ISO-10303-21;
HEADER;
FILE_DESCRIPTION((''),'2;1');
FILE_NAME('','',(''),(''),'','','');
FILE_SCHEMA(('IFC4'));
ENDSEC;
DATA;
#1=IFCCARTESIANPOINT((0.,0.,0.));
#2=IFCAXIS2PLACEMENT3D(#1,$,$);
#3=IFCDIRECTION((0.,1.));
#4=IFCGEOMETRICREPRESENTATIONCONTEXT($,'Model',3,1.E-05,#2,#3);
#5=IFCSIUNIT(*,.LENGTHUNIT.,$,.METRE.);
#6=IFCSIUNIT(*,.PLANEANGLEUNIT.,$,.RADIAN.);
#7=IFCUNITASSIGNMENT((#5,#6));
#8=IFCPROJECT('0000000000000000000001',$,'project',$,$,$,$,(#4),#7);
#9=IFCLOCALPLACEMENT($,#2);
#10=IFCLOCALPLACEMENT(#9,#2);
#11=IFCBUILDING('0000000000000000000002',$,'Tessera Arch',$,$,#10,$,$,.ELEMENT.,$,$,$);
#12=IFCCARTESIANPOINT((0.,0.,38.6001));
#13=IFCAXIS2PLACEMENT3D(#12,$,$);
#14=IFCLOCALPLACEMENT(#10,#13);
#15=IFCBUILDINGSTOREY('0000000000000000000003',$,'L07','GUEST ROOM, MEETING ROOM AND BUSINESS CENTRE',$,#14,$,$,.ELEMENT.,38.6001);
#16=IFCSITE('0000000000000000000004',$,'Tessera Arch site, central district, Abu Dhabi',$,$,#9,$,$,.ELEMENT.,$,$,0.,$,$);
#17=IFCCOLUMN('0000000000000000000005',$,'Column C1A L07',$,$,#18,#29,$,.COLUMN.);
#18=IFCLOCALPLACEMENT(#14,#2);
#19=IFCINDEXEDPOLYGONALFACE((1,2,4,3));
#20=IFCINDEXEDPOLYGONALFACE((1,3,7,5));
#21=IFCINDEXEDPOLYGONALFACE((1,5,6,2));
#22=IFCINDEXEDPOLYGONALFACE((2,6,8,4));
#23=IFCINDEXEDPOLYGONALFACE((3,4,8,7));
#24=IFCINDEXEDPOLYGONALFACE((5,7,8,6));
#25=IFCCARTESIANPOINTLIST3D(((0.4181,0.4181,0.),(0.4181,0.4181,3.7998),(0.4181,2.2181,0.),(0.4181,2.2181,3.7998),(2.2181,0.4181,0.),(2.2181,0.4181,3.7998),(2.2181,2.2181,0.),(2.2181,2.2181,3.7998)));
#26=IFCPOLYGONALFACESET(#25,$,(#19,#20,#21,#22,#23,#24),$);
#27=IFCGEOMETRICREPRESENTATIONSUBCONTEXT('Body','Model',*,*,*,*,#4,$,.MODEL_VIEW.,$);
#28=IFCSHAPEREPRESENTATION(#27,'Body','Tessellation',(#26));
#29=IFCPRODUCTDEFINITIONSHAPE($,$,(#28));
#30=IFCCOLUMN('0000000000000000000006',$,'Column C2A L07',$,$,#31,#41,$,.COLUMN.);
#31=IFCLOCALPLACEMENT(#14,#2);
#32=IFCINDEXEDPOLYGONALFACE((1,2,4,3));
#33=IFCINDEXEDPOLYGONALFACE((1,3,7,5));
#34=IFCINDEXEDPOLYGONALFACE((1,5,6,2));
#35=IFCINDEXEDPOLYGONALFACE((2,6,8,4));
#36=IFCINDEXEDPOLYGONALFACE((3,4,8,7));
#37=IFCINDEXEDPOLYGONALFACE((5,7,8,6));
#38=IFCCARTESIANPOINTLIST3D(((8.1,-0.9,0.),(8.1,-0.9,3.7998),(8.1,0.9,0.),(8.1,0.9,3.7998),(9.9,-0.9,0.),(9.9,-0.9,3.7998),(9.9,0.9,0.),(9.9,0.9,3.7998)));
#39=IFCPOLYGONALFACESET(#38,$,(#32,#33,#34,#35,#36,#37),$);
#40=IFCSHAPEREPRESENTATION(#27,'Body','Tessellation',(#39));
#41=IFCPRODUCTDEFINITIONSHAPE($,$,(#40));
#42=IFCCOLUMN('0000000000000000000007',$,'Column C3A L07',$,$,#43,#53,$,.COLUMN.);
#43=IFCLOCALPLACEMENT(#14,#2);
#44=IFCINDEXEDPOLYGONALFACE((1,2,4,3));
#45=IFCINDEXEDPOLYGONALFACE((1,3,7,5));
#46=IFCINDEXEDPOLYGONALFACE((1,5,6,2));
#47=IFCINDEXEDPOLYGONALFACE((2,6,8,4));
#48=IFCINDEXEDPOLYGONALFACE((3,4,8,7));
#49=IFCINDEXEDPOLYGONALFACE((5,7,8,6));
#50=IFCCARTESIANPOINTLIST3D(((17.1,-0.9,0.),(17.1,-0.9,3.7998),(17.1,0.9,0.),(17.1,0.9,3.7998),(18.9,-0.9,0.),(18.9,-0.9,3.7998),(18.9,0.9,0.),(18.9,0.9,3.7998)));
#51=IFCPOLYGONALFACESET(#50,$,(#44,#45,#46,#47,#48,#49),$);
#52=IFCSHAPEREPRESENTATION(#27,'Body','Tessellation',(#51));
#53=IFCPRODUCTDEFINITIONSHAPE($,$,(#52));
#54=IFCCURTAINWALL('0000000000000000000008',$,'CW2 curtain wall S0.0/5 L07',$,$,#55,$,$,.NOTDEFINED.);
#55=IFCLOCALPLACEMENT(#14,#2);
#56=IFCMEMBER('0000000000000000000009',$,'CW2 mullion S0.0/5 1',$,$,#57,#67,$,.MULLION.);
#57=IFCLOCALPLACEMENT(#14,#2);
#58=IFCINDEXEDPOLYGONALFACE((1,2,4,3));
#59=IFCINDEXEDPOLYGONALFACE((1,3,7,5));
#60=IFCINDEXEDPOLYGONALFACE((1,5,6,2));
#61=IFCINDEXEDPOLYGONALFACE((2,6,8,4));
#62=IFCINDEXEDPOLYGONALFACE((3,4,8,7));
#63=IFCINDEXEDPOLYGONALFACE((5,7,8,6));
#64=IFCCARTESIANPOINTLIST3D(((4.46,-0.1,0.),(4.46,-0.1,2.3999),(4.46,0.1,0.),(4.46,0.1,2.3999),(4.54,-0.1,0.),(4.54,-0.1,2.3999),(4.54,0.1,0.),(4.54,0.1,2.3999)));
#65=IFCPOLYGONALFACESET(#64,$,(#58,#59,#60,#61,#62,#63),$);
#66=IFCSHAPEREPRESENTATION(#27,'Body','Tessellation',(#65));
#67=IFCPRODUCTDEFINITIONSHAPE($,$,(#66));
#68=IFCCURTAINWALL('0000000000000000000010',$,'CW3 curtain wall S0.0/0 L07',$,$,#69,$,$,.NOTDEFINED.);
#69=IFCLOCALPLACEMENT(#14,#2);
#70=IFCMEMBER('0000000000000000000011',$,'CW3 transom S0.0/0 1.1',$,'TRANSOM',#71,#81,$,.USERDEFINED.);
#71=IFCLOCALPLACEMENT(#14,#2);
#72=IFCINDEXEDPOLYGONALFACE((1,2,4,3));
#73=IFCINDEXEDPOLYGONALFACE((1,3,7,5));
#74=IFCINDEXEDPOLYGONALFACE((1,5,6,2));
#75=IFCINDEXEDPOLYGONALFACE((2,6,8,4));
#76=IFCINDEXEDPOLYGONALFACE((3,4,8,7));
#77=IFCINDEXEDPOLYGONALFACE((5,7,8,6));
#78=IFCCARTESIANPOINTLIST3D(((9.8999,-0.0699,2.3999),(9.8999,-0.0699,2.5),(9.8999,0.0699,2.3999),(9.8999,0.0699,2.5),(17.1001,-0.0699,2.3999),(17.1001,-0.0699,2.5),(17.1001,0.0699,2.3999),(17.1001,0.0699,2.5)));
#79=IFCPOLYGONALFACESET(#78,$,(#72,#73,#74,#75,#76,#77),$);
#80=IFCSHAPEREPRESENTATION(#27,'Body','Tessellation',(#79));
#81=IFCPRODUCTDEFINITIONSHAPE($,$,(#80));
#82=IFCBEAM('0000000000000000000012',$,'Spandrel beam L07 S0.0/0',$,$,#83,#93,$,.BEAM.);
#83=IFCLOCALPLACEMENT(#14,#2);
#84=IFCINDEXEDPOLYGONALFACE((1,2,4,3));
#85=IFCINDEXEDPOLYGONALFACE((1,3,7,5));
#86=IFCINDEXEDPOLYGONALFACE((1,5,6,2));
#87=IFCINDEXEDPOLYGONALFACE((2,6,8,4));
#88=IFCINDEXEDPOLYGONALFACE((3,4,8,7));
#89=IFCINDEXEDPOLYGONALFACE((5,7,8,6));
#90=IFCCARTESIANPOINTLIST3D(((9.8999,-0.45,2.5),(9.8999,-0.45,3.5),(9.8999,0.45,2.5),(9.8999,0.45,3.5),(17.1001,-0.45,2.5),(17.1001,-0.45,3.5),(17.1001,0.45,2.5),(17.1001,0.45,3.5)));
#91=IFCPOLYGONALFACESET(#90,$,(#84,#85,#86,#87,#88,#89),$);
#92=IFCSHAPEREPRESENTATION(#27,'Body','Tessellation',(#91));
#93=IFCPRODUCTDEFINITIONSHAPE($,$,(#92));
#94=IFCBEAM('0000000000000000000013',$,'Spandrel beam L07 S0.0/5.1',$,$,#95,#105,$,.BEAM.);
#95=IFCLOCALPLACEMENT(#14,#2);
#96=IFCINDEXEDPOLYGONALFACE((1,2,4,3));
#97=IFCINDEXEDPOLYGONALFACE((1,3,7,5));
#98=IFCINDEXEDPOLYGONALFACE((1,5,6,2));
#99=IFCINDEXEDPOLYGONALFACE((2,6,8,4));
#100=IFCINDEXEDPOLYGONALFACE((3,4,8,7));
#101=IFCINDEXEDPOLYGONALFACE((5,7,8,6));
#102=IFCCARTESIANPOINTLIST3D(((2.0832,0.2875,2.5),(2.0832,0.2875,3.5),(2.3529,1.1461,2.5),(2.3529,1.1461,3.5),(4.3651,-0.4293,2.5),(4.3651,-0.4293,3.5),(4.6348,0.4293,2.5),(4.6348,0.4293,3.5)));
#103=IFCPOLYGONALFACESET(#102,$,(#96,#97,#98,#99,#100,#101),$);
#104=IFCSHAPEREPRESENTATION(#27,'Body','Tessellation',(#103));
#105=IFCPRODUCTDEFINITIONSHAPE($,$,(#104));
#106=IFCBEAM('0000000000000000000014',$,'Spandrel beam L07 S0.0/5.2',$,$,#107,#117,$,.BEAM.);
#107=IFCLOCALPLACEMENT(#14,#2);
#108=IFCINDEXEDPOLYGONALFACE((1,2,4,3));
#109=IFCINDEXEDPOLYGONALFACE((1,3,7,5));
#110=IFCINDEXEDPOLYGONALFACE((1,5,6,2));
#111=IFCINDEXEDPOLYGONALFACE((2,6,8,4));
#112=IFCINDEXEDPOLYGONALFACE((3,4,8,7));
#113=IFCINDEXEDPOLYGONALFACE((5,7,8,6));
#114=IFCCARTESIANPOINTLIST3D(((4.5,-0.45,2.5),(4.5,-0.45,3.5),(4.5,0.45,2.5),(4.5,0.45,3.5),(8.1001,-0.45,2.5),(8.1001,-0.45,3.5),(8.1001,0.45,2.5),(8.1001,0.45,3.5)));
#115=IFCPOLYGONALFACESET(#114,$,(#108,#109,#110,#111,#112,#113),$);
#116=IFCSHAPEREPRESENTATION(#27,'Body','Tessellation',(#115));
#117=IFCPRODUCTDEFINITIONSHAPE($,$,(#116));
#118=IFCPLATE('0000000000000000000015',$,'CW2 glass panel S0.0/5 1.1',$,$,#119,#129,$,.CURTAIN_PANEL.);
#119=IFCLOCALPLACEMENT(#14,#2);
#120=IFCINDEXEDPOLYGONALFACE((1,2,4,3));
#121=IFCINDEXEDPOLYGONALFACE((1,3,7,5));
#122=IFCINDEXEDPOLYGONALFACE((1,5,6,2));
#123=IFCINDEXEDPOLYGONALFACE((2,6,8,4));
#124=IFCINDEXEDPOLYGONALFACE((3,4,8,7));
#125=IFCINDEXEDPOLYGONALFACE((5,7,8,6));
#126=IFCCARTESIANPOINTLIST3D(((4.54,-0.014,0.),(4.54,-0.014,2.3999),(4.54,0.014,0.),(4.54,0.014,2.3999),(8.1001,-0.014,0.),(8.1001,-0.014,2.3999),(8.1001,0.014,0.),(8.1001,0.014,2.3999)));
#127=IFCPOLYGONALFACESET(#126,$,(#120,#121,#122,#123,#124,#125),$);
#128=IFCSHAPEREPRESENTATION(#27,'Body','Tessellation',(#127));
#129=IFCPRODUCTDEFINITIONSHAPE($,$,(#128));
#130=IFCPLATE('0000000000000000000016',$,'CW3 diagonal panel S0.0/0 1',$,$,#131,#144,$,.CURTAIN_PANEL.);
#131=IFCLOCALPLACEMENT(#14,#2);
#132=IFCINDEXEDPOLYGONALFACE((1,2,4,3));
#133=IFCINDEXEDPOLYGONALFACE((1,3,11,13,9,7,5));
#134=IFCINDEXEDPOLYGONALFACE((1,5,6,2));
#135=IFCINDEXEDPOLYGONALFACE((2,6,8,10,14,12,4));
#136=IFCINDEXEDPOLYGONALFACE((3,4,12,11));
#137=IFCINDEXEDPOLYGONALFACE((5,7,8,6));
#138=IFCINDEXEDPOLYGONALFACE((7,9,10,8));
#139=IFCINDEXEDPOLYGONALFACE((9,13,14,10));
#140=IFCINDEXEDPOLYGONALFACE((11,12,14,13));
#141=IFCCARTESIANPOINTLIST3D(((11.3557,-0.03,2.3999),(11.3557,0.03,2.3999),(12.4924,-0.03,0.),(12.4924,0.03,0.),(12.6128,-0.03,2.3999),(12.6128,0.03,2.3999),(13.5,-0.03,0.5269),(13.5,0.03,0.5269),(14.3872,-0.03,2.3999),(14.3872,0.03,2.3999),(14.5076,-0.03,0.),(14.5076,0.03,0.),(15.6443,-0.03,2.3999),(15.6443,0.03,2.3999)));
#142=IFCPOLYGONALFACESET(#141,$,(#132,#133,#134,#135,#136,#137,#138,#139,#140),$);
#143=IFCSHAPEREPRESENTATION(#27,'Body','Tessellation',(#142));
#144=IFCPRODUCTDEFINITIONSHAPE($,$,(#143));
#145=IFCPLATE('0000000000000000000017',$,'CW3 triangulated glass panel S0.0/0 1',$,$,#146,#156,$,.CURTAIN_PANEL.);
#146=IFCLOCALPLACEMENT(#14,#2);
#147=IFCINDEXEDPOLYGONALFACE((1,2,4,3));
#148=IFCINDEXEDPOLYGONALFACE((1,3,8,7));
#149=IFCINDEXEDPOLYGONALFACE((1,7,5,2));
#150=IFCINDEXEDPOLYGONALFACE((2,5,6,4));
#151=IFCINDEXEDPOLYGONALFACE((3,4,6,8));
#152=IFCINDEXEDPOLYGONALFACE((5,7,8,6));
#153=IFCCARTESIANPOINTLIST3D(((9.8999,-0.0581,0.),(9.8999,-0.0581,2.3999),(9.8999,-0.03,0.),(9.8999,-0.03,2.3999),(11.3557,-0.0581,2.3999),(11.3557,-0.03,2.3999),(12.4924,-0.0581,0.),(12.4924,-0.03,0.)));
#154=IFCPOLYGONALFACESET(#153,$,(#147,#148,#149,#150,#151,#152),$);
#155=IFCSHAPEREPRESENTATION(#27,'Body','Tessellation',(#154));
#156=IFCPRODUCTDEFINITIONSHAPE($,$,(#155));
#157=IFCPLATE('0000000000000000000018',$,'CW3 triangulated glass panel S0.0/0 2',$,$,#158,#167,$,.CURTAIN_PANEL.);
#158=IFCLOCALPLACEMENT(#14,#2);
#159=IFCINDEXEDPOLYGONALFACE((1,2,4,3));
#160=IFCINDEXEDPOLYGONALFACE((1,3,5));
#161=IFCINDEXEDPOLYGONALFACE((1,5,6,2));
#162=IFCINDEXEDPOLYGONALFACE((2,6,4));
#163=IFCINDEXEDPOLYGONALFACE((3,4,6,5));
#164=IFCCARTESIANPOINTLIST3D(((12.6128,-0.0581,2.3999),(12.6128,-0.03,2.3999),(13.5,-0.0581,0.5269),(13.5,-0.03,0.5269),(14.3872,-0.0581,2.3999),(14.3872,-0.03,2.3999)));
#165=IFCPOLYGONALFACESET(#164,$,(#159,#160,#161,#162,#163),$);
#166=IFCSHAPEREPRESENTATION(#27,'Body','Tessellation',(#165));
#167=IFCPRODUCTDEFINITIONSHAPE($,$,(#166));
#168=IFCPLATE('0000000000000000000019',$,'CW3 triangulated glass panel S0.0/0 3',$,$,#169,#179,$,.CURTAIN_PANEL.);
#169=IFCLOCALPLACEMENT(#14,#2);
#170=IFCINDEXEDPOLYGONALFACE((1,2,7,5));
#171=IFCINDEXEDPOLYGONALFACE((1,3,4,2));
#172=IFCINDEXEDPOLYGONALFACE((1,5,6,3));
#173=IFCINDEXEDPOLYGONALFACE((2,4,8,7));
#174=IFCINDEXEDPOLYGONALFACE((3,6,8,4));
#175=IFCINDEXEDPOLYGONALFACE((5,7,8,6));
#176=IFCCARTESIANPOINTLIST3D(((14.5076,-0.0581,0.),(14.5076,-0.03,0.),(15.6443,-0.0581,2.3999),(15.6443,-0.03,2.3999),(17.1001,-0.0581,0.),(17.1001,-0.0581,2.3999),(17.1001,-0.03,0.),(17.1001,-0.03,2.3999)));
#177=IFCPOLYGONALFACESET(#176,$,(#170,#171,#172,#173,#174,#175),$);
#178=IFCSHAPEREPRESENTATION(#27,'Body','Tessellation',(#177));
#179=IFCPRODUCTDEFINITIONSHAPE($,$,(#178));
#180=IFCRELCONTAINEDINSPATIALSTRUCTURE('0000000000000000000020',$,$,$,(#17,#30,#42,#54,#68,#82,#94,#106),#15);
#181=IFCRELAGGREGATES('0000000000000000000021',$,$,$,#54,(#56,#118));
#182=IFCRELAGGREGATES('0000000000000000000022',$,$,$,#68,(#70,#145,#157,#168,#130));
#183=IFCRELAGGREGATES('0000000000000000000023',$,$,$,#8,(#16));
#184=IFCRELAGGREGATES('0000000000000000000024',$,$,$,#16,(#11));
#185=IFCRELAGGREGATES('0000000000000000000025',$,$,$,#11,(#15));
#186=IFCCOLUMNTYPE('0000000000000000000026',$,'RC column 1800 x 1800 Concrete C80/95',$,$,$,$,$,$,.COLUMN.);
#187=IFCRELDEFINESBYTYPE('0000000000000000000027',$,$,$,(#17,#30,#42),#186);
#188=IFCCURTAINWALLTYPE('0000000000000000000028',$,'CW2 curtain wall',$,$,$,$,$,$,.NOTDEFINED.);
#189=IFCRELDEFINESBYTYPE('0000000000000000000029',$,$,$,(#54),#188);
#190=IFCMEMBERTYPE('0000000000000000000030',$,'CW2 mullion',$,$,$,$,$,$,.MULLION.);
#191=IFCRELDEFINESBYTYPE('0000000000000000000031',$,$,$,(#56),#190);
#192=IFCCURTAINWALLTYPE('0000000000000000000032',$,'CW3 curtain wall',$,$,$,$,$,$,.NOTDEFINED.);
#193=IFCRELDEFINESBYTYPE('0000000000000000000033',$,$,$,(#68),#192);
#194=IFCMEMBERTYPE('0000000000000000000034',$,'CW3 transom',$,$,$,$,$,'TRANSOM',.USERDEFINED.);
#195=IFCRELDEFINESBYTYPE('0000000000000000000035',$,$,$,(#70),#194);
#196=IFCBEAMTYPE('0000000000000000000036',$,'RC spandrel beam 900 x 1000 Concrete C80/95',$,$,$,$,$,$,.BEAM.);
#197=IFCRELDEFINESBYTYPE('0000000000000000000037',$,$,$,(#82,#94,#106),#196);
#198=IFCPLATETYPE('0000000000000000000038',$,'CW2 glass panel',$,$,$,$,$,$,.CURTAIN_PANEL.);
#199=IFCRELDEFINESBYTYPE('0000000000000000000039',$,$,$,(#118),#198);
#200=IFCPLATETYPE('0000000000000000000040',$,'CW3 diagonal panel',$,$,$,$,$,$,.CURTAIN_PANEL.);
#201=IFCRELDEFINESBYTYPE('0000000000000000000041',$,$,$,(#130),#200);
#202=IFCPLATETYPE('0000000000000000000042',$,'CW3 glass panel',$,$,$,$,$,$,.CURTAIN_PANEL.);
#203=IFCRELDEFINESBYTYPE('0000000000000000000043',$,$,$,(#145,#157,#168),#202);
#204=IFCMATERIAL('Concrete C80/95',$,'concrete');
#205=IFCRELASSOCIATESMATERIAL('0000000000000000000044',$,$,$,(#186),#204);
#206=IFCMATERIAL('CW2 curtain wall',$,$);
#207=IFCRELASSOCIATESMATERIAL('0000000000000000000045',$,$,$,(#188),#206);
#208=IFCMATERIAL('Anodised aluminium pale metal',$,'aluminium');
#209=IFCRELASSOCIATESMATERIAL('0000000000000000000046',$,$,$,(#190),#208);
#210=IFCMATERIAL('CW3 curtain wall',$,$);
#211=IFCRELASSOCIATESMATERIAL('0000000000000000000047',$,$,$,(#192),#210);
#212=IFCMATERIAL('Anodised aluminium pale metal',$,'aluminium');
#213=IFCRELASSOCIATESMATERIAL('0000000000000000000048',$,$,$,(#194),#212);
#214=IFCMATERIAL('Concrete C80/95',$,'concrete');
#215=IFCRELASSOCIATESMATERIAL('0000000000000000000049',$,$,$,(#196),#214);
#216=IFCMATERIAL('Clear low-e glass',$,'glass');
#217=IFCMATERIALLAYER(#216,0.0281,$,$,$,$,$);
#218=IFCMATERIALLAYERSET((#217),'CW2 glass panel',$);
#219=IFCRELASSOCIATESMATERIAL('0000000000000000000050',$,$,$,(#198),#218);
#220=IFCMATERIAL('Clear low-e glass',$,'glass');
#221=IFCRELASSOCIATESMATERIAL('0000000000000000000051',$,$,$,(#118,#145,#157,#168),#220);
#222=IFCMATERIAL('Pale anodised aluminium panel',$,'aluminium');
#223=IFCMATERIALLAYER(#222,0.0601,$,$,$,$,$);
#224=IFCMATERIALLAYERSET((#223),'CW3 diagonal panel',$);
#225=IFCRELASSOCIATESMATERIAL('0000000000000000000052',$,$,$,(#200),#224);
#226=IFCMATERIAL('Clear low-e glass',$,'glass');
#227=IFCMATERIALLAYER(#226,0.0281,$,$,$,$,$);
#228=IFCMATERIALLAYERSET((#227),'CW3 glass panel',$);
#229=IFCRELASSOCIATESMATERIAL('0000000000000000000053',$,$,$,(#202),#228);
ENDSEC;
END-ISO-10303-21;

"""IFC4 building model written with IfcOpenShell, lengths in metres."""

from ifc_helpers import new_model, si_unit, direction, frame, origin, origin_2d, place, context, subcontext, project, spatial, polyline, rectangle, outline, extrude, material, layer, layer_set, material_profile, profile_set, type_object, element, aggregate, save


model = new_model("IFC4")

# Units and contexts
model_context = context("Model", 3, precision=1e-05, world=origin(), true_north=direction((0.0, 1.0)))
body_context = subcontext(model_context, "Body", "Model", "MODEL_VIEW")
ifc_project = project(units=[si_unit("LENGTHUNIT", "METRE"), si_unit("PLANEANGLEUNIT", "RADIAN")], contexts=[model_context])

# Site, building, storey
site_placement = place(None, origin())
site = spatial("IfcSite", under=ifc_project, at=site_placement, Name="Tessera Arch site, central district, Abu Dhabi", CompositionType="ELEMENT", RefElevation=0.0)
building_placement = place(site_placement, origin())
building = spatial("IfcBuilding", under=site, at=building_placement, Name="Tessera Arch", CompositionType="ELEMENT")
storey_placement = place(building_placement, frame((0.0, 0.0, 38.6001)))
storey = spatial("IfcBuildingStorey", under=building, at=storey_placement, Name="L07", Description="GUEST ROOM, MEETING ROOM AND BUSINESS CENTRE", CompositionType="ELEMENT", Elevation=38.6001)

# Columns
ifc_material_1 = material(Name="Concrete C80/95", Category="concrete")
ifc_material_profile_1 = material_profile(ifc_material_1, rectangle(XDim=1.8, YDim=1.8, at=origin_2d()), Name="RC column 1800 x 1800 Concrete C80/95")
ifc_profile_set_1 = profile_set([ifc_material_profile_1], Name="Concrete C80/95")
column_type = type_object("IfcColumnType", Name="RC column 1800 x 1800 Concrete C80/95", PredefinedType="COLUMN", material=ifc_profile_set_1)
for number, where, z_axis, x_axis, name in (
    (1, (1.3181, 1.3181, 0.0), (0.0, 0.0, 1.0), (1.0, 0.0, 0.0), "Column C1A L07"),
    (2, (9.0, 0.0, 0.0), (0.0, 0.0, 1.0), (1.0, 0.0, 0.0), "Column C2A L07"),
    (3, (18.0, 0.0, 0.0), (0.0, 0.0, 1.0), (1.0, 0.0, 0.0), "Column C3A L07"),
):
    element("IfcColumn", number, at=place(storey_placement, frame(where, z_axis=z_axis, x_axis=x_axis)), inside=storey, type_object=column_type, Name=name, PredefinedType="COLUMN", context=body_context, shape_type="SweptSolid", body=[
        extrude(rectangle(XDim=1.8, YDim=1.8, at=origin_2d()), origin(), (0.0, 0.0, 1.0), 3.7998),
    ])

# Curtain walls, members
ifc_material_2 = material(Name="CW2 curtain wall")
curtain_wall_type_1 = type_object("IfcCurtainWallType", Name="CW2 curtain wall", PredefinedType="NOTDEFINED", material=ifc_material_2)
curtain_wall_1_placement = place(storey_placement, origin())
curtain_wall_1 = element("IfcCurtainWall", 4, at=curtain_wall_1_placement, inside=storey, type_object=curtain_wall_type_1, Name="CW2 curtain wall S0.0/5 L07", PredefinedType="NOTDEFINED")
ifc_material_3 = material(Name="Anodised aluminium pale metal", Category="aluminium")
ifc_material_profile_2 = material_profile(ifc_material_3, rectangle(XDim=0.2, YDim=0.0801, at=origin_2d()), Name="AL 80x200")
ifc_profile_set_2 = profile_set([ifc_material_profile_2], Name="Anodised aluminium pale metal")
member_type_1 = type_object("IfcMemberType", Name="CW2 mullion", PredefinedType="MULLION", material=ifc_profile_set_2)
member_1_placement = place(storey_placement, frame((4.5, 0.0, 0.0), z_axis=(0.0, 0.0, 1.0), x_axis=(0.0, 1.0, 0.0)))
member_1 = element("IfcMember", 5, at=member_1_placement, type_object=member_type_1, Name="CW2 mullion S0.0/5 1", PredefinedType="MULLION", context=body_context, shape_type="SweptSolid", body=[
    extrude(rectangle(XDim=0.2, YDim=0.0801, at=origin_2d()), origin(), (0.0, 0.0, 1.0), 2.3999),
])
ifc_material_4 = material(Name="CW3 curtain wall")
curtain_wall_type_2 = type_object("IfcCurtainWallType", Name="CW3 curtain wall", PredefinedType="NOTDEFINED", material=ifc_material_4)
curtain_wall_2_placement = place(storey_placement, origin())
curtain_wall_2 = element("IfcCurtainWall", 6, at=curtain_wall_2_placement, inside=storey, type_object=curtain_wall_type_2, Name="CW3 curtain wall S0.0/0 L07", PredefinedType="NOTDEFINED")
ifc_material_5 = material(Name="Anodised aluminium pale metal", Category="aluminium")
ifc_material_profile_3 = material_profile(ifc_material_5, rectangle(XDim=0.1399, YDim=0.1001, at=origin_2d()), Name="AL 140x100")
ifc_profile_set_3 = profile_set([ifc_material_profile_3], Name="Anodised aluminium pale metal")
member_type_2 = type_object("IfcMemberType", Name="CW3 transom", ElementType="TRANSOM", PredefinedType="USERDEFINED", material=ifc_profile_set_3)
member_2_placement = place(storey_placement, frame((9.8999, 0.0, 2.45), z_axis=(1.0, 0.0, 0.0), x_axis=(0.0, 1.0, 0.0)))
member_2 = element("IfcMember", 7, at=member_2_placement, type_object=member_type_2, Name="CW3 transom S0.0/0 1.1", ObjectType="TRANSOM", PredefinedType="USERDEFINED", context=body_context, shape_type="SweptSolid", body=[
    extrude(rectangle(XDim=0.1399, YDim=0.1001, at=origin_2d()), origin(), (0.0, 0.0, 1.0), 7.2002),
])

# Beams
ifc_material_6 = material(Name="Concrete C80/95", Category="concrete")
ifc_material_profile_4 = material_profile(ifc_material_6, rectangle(XDim=0.8999, YDim=1.0, at=origin_2d()), Name="RC spandrel beam 900 x 1000 Concrete C80/95")
ifc_profile_set_4 = profile_set([ifc_material_profile_4], Name="Concrete C80/95")
beam_type = type_object("IfcBeamType", Name="RC spandrel beam 900 x 1000 Concrete C80/95", PredefinedType="BEAM", material=ifc_profile_set_4)
beam_1_placement = place(storey_placement, frame((9.8999, 0.0, 3.0), z_axis=(1.0, 0.0, 0.0), x_axis=(0.0, 1.0, 0.0)))
element("IfcBeam", 8, at=beam_1_placement, inside=storey, type_object=beam_type, Name="Spandrel beam L07 S0.0/0", PredefinedType="BEAM", context=body_context, shape_type="SweptSolid", body=[
    extrude(rectangle(XDim=0.8999, YDim=1.0, at=origin_2d()), origin(), (0.0, 0.0, 1.0), 7.2002),
])
beam_2_placement = place(storey_placement, frame((2.218, 0.7168, 3.0), z_axis=(0.954041, -0.299675, 0.0), x_axis=(0.299675, 0.954041, 0.0)))
element("IfcBeam", 9, at=beam_2_placement, inside=storey, type_object=beam_type, Name="Spandrel beam L07 S0.0/5.1", PredefinedType="BEAM", context=body_context, shape_type="SweptSolid", body=[
    extrude(rectangle(XDim=0.8999, YDim=1.0, at=origin_2d()), origin(), (0.0, 0.0, 1.0), 2.3918),
])
beam_3_placement = place(storey_placement, frame((4.5, 0.0, 3.0), z_axis=(1.0, 0.0, 0.0), x_axis=(0.0, 1.0, 0.0)))
element("IfcBeam", 10, at=beam_3_placement, inside=storey, type_object=beam_type, Name="Spandrel beam L07 S0.0/5.2", PredefinedType="BEAM", context=body_context, shape_type="SweptSolid", body=[
    extrude(rectangle(XDim=0.8999, YDim=1.0, at=origin_2d()), origin(), (0.0, 0.0, 1.0), 3.6001),
])

# Plates
ifc_material_7 = material(Name="Clear low-e glass", Category="glass")
ifc_material_8 = material(Name="Clear low-e glass", Category="glass")
ifc_layer_1 = layer(ifc_material_8, 0.0281)
ifc_layer_set_1 = layer_set([ifc_layer_1], Name="CW2 glass panel")
plate_type_1 = type_object("IfcPlateType", Name="CW2 glass panel", PredefinedType="CURTAIN_PANEL", material=ifc_layer_set_1)
plate_1_placement = place(storey_placement, frame((6.3201, 0.0, 0.0), z_axis=(0.0, 0.0, 1.0), x_axis=(1.0, 0.0, 0.0)))
plate_1 = element("IfcPlate", 11, at=plate_1_placement, type_object=plate_type_1, material=ifc_material_7, Name="CW2 glass panel S0.0/5 1.1", PredefinedType="CURTAIN_PANEL", context=body_context, shape_type="SweptSolid", body=[
    extrude(rectangle(XDim=3.5601, YDim=0.0281, at=origin_2d()), origin(), (0.0, 0.0, 1.0), 2.3999),
])
aggregate(curtain_wall_1, [member_1, plate_1])
ifc_material_9 = material(Name="Pale anodised aluminium panel", Category="aluminium")
ifc_layer_2 = layer(ifc_material_9, 0.0601)
ifc_layer_set_2 = layer_set([ifc_layer_2], Name="CW3 diagonal panel")
plate_type_2 = type_object("IfcPlateType", Name="CW3 diagonal panel", PredefinedType="CURTAIN_PANEL", material=ifc_layer_set_2)
plate_2_placement = place(storey_placement, frame((15.6443, -0.03, 2.3999), z_axis=(0.0, -1.0, 0.0), x_axis=(-1.0, 0.0, 0.0)))
plate_2 = element("IfcPlate", 12, at=plate_2_placement, type_object=plate_type_2, Name="CW3 diagonal panel S0.0/0 1", PredefinedType="CURTAIN_PANEL", context=body_context, shape_type="SweptSolid", body=[
    extrude(outline(polyline([(0.0, 0.0), (1.2571, 0.0), (2.1443, 1.873), (3.0315, 0.0), (4.2886, 0.0), (3.1519, 2.3999), (1.1367, 2.3999), (0.0, 0.0)])), origin(), (0.0, 0.0, -1.0), 0.0601),
])
ifc_material_10 = material(Name="Clear low-e glass", Category="glass")
ifc_layer_3 = layer(ifc_material_10, 0.0281)
ifc_layer_set_3 = layer_set([ifc_layer_3], Name="CW3 glass panel")
plate_type_3 = type_object("IfcPlateType", Name="CW3 glass panel", PredefinedType="CURTAIN_PANEL", material=ifc_layer_set_3)
plate_3_placement = place(storey_placement, frame((9.8999, -0.0581, 0.0), z_axis=(0.0, -1.0, 0.0), x_axis=(1.0, 0.0, 0.0)))
plate_3 = element("IfcPlate", 13, at=plate_3_placement, type_object=plate_type_3, material=ifc_material_7, Name="CW3 triangulated glass panel S0.0/0 1", PredefinedType="CURTAIN_PANEL", context=body_context, shape_type="SweptSolid", body=[
    extrude(outline(polyline([(0.0, 0.0), (2.5925, 0.0), (1.4558, 2.3999), (0.0, 2.3999), (0.0, 0.0)])), origin(), (0.0, 0.0, -1.0), 0.0281),
])
plate_4_placement = place(storey_placement, frame((14.3872, -0.0581, 2.3999), z_axis=(0.0, -1.0, 0.0), x_axis=(-1.0, 0.0, 0.0)))
plate_4 = element("IfcPlate", 14, at=plate_4_placement, type_object=plate_type_3, material=ifc_material_7, Name="CW3 triangulated glass panel S0.0/0 2", PredefinedType="CURTAIN_PANEL", context=body_context, shape_type="SweptSolid", body=[
    extrude(outline(polyline([(0.0, 0.0), (1.7744, 0.0), (0.8872, 1.873), (0.0, 0.0)])), origin(), (0.0, 0.0, -1.0), 0.0281),
])
plate_5_placement = place(storey_placement, frame((17.1001, -0.0581, 2.3999), z_axis=(0.0, -1.0, 0.0), x_axis=(-1.0, 0.0, 0.0)))
plate_5 = element("IfcPlate", 15, at=plate_5_placement, type_object=plate_type_3, material=ifc_material_7, Name="CW3 triangulated glass panel S0.0/0 3", PredefinedType="CURTAIN_PANEL", context=body_context, shape_type="SweptSolid", body=[
    extrude(outline(polyline([(0.0, 0.0), (1.4558, 0.0), (2.5925, 2.3999), (0.0, 2.3999), (0.0, 0.0)])), origin(), (0.0, 0.0, -1.0), 0.0281),
])
aggregate(curtain_wall_2, [member_2, plate_3, plate_4, plate_5, plate_2])

save(model, "model.ifc")
